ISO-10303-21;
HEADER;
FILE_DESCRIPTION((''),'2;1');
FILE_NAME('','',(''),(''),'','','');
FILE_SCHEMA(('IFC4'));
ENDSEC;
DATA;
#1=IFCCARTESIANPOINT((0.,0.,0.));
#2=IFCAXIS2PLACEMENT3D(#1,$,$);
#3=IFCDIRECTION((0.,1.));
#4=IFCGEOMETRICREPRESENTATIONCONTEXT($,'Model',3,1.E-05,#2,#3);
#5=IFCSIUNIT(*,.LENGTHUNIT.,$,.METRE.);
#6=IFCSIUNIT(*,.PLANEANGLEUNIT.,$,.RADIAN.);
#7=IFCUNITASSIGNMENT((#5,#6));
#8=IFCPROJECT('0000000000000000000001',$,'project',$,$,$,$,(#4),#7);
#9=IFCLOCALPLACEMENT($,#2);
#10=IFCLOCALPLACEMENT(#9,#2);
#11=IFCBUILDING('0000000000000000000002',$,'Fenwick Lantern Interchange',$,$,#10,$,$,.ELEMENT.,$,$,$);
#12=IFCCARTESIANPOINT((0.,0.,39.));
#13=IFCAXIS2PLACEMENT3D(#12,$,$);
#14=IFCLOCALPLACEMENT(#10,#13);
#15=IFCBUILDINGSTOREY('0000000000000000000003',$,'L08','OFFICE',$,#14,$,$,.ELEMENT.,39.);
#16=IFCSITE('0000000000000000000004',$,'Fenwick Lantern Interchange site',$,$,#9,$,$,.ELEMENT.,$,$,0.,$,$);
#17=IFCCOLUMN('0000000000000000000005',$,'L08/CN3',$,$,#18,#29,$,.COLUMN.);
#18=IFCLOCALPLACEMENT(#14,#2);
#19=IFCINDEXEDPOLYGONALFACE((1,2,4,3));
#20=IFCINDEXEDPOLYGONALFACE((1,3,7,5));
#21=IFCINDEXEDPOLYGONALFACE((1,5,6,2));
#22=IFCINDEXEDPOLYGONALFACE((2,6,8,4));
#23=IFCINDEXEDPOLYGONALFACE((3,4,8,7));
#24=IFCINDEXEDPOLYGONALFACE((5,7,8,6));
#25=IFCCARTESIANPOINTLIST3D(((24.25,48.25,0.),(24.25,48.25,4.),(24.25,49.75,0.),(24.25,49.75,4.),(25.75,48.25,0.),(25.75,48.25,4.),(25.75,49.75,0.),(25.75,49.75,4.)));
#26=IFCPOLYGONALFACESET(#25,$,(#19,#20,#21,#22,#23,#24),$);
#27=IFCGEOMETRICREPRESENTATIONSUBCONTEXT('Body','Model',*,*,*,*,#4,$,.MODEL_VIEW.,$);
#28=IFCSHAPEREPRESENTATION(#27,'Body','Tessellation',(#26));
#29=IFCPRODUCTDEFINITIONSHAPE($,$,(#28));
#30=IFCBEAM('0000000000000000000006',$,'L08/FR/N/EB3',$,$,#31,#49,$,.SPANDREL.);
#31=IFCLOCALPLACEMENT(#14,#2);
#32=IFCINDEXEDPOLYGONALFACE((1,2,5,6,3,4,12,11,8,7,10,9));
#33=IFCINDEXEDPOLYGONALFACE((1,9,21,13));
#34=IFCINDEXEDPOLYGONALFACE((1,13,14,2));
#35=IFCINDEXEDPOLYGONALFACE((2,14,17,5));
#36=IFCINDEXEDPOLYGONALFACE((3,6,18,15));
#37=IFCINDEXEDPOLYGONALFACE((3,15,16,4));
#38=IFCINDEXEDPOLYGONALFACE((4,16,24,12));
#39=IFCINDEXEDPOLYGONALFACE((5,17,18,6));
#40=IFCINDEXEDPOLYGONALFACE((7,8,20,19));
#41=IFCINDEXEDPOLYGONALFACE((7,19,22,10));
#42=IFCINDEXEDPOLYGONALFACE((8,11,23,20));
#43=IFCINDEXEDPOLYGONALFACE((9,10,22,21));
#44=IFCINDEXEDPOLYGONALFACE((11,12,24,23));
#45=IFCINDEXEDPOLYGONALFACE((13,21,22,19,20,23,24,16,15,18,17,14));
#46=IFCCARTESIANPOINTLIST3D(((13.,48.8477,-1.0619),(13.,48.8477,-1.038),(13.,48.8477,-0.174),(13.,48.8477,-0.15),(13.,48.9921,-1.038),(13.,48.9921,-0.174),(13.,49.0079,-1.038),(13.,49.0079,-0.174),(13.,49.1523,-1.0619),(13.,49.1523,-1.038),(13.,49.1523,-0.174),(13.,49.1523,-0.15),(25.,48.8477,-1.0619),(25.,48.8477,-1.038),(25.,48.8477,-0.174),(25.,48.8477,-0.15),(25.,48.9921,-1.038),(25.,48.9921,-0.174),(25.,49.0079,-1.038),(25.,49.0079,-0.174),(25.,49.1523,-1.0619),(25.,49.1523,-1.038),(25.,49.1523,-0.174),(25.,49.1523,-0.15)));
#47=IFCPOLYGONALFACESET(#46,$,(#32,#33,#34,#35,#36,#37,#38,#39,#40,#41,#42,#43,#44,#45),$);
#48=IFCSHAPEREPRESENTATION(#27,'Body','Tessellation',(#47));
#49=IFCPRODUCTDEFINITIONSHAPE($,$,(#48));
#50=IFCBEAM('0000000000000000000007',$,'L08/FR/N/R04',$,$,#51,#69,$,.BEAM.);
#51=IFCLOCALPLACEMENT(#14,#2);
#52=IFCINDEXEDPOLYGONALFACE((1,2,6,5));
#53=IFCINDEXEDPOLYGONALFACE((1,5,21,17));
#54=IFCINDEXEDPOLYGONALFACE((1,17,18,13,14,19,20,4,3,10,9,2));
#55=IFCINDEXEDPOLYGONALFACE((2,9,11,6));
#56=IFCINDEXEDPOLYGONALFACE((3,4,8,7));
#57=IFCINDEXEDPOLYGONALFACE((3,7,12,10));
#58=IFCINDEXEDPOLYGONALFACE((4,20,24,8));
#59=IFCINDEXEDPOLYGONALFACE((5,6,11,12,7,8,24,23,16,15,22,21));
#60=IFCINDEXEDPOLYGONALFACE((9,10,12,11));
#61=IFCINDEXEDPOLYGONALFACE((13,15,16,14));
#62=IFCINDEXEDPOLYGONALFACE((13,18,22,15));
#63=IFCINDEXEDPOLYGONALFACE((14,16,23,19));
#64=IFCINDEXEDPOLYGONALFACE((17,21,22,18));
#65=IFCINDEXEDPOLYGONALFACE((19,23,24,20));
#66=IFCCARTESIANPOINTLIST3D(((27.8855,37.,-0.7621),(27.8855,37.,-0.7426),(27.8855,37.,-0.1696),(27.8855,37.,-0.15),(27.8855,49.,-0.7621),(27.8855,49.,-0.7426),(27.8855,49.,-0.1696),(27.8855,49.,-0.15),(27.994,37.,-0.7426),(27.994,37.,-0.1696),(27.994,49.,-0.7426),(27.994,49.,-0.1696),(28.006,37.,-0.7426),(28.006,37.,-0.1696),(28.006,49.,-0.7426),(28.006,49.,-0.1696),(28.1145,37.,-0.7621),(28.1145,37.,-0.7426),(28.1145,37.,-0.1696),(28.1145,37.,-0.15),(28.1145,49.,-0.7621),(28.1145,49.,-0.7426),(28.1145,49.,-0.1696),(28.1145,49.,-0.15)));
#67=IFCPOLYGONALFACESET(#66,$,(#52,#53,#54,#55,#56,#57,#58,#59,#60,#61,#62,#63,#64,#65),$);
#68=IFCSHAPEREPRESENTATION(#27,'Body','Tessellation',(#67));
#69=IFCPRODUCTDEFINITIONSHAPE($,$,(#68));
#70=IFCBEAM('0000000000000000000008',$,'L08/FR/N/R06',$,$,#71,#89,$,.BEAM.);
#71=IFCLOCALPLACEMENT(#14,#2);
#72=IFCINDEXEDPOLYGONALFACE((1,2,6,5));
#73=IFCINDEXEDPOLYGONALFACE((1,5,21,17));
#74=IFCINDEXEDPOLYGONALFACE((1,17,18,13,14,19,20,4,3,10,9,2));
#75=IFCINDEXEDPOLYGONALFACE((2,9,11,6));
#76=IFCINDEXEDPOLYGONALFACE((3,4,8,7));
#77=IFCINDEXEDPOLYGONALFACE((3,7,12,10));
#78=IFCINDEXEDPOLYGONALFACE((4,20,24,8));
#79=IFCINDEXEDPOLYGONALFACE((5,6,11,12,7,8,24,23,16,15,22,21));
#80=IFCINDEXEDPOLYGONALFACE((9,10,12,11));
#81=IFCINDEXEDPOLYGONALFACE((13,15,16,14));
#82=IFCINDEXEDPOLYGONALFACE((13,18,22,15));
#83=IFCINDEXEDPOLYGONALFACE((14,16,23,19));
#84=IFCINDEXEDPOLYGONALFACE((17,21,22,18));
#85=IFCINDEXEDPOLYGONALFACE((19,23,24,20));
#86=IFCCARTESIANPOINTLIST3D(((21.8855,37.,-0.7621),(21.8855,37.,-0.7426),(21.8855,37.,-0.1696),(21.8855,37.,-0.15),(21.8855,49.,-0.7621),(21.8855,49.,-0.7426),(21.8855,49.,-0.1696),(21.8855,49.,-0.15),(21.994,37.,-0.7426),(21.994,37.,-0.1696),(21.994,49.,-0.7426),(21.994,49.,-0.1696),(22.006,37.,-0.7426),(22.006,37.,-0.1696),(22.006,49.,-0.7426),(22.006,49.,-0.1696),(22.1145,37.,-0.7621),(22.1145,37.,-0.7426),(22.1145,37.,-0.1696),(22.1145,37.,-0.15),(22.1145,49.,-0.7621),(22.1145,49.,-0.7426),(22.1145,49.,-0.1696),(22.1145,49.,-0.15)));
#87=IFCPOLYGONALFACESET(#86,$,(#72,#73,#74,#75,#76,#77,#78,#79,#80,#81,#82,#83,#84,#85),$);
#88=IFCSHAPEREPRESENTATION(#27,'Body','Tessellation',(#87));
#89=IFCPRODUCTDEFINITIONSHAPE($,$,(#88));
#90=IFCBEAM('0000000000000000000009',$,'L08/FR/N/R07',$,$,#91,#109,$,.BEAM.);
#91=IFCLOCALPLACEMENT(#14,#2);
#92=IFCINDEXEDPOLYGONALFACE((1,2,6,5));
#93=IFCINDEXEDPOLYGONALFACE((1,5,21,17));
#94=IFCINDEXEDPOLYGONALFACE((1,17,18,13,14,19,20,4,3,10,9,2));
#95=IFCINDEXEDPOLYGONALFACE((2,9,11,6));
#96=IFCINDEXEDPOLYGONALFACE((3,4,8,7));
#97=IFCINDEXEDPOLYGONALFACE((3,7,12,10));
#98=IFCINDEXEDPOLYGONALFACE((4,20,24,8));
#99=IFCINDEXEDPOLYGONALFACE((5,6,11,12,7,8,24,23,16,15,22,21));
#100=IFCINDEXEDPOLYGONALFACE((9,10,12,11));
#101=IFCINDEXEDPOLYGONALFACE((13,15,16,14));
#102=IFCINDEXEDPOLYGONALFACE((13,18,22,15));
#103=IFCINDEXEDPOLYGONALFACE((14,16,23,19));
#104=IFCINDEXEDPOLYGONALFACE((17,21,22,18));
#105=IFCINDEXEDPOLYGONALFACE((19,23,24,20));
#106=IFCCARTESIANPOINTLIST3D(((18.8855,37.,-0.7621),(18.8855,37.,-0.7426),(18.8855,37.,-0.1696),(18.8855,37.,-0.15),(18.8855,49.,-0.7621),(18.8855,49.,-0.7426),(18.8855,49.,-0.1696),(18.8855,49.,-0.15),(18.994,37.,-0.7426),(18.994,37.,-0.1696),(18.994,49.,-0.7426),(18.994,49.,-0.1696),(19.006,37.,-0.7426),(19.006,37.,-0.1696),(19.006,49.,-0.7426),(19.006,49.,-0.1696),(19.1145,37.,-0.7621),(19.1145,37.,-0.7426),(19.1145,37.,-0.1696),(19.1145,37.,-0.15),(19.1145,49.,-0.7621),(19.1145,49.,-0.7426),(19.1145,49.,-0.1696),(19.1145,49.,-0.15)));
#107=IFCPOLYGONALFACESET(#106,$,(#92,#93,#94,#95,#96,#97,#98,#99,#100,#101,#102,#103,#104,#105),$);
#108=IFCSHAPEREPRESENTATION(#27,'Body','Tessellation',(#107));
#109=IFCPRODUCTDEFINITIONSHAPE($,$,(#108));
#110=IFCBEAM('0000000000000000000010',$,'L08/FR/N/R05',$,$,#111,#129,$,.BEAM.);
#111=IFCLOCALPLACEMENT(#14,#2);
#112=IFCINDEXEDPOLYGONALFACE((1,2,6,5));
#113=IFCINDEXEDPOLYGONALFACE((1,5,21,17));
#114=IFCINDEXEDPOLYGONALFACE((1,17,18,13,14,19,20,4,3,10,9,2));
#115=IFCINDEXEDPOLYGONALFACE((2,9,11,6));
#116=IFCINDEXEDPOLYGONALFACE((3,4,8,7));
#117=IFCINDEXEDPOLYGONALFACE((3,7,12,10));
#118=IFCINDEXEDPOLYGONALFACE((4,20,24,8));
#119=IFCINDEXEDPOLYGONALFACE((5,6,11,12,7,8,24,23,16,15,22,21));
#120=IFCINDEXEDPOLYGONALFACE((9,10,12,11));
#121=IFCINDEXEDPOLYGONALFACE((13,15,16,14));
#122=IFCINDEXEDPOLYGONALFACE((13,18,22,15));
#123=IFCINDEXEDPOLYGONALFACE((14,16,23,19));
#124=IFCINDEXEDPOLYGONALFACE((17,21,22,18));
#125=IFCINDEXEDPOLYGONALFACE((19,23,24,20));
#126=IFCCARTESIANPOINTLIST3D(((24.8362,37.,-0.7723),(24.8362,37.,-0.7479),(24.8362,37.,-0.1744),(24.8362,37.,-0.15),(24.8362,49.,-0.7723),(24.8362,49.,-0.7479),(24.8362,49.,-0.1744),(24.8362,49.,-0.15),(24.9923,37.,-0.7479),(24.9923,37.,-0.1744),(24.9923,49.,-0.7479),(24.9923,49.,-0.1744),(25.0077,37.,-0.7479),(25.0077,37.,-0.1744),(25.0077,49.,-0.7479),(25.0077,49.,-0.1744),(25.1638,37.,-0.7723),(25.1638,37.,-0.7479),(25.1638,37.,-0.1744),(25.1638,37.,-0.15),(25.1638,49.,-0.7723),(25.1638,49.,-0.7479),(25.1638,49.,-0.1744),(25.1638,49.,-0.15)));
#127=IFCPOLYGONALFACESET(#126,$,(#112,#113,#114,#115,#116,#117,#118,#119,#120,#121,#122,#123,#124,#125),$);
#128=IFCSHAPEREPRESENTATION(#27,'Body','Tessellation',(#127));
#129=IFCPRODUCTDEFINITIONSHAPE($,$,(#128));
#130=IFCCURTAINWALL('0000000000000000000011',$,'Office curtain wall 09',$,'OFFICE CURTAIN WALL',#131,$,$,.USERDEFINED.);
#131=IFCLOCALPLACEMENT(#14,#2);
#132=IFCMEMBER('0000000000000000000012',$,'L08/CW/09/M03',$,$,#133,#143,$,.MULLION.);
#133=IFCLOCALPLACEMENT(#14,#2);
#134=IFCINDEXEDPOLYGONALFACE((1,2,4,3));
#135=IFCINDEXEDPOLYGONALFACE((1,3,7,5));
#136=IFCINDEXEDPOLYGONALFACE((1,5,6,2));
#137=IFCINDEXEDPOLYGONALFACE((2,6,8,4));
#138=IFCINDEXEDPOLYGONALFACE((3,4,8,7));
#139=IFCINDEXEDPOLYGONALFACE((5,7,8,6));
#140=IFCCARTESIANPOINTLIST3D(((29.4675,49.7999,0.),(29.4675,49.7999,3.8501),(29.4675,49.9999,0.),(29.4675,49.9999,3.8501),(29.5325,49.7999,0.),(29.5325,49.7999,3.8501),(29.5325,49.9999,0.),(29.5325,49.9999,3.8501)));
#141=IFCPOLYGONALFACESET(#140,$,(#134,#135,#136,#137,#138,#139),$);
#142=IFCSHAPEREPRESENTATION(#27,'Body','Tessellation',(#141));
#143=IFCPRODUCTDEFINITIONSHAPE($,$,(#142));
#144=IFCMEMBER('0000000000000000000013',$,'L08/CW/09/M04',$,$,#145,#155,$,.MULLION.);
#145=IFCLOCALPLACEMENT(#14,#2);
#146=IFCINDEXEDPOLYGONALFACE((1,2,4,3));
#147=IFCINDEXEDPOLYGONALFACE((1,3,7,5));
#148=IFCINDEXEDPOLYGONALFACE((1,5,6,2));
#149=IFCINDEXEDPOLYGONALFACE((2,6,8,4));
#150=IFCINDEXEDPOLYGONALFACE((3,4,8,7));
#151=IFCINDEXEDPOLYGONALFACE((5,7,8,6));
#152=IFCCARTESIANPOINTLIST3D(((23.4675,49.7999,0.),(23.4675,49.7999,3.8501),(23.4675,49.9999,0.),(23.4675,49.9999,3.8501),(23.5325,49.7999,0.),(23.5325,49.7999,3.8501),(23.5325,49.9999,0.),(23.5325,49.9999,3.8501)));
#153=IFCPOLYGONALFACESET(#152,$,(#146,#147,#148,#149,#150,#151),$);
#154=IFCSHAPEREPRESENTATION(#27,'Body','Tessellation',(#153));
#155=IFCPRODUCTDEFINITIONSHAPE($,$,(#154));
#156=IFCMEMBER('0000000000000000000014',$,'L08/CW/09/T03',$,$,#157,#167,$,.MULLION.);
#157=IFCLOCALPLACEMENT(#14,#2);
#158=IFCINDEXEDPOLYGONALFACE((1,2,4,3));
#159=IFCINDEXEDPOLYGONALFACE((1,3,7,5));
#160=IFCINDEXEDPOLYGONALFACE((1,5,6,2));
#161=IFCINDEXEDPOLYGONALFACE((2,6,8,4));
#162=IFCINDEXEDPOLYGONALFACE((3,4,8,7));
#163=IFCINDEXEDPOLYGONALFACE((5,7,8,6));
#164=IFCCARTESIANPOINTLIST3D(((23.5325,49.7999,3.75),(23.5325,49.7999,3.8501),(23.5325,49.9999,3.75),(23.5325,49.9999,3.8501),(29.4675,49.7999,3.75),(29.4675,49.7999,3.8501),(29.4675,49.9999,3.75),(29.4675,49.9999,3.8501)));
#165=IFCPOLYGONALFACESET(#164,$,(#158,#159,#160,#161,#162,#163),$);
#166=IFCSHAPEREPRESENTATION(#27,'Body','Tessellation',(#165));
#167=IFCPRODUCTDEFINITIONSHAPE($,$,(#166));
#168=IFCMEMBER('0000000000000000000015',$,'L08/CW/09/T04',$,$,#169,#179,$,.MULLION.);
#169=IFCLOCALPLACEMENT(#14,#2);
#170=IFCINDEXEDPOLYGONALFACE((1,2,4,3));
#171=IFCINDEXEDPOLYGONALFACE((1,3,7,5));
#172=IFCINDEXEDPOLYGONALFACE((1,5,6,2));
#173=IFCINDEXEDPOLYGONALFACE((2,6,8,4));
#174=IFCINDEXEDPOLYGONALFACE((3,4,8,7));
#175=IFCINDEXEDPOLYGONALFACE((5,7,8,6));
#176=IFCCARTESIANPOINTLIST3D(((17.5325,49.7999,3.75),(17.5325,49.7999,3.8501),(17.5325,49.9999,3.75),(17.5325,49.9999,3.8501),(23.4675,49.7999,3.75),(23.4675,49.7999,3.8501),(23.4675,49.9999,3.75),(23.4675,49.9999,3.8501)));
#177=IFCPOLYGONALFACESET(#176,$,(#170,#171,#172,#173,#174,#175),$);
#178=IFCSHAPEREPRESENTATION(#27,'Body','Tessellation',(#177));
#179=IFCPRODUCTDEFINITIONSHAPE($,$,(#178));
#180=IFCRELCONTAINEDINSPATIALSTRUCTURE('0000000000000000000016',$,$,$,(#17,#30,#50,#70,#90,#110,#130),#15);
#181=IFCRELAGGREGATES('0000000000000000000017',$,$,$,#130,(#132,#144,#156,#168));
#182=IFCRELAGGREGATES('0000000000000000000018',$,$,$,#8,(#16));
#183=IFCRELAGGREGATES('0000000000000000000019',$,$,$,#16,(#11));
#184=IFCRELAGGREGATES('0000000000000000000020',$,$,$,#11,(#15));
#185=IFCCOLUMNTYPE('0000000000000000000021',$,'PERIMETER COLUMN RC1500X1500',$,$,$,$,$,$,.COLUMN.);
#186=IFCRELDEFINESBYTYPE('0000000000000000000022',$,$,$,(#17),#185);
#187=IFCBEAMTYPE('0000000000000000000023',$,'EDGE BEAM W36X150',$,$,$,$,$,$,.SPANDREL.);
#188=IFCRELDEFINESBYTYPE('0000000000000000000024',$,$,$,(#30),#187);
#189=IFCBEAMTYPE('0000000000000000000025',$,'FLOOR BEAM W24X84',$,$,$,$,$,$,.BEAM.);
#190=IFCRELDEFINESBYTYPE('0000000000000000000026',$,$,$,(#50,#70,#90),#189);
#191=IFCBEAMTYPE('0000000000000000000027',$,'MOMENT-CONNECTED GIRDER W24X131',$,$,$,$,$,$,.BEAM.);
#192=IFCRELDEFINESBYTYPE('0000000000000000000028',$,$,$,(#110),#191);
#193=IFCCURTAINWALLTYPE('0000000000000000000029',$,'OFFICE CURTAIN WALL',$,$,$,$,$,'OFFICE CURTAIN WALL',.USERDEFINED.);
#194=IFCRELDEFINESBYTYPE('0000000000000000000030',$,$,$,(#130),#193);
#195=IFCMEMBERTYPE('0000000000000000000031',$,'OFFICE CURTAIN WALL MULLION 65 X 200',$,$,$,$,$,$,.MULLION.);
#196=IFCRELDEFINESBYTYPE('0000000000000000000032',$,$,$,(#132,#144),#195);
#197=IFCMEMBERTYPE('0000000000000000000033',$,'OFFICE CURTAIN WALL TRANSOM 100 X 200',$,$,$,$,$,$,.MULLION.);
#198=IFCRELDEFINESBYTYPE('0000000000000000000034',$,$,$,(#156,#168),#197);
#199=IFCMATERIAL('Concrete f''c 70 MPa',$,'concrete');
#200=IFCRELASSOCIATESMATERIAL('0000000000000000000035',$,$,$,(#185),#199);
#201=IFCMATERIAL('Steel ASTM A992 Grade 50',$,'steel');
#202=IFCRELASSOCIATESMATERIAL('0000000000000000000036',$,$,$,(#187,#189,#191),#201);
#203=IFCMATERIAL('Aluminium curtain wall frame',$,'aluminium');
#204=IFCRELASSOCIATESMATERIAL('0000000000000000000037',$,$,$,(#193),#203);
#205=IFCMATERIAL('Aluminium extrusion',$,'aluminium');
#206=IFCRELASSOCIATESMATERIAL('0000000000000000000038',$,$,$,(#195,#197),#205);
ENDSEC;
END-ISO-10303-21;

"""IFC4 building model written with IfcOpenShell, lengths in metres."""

from ifc_helpers import new_model, si_unit, direction, frame, origin, origin_2d, place, context, subcontext, project, spatial, rectangle, i_section, extrude, material, material_profile, profile_set, type_object, element, aggregate, save


model = new_model("IFC4")

# Units and contexts
model_context = context("Model", 3, precision=1e-05, world=origin(), true_north=direction((0.0, 1.0)))
body_context = subcontext(model_context, "Body", "Model", "MODEL_VIEW")
ifc_project = project(units=[si_unit("LENGTHUNIT", "METRE"), si_unit("PLANEANGLEUNIT", "RADIAN")], contexts=[model_context])

# Site, building, storey
site_placement = place(None, origin())
site = spatial("IfcSite", under=ifc_project, at=site_placement, Name="Fenwick Lantern Interchange site", CompositionType="ELEMENT", RefElevation=0.0)
building_placement = place(site_placement, origin())
building = spatial("IfcBuilding", under=site, at=building_placement, Name="Fenwick Lantern Interchange", CompositionType="ELEMENT")
storey_placement = place(building_placement, frame((0.0, 0.0, 39.0)))
storey = spatial("IfcBuildingStorey", under=building, at=storey_placement, Name="L08", Description="OFFICE", CompositionType="ELEMENT", Elevation=39.0)

# Column
ifc_material_1 = material(Name="Concrete f'c 70 MPa", Category="concrete")
ifc_material_profile_1 = material_profile(ifc_material_1, rectangle(XDim=1.5, YDim=1.5, at=origin_2d()), Name="RC1500X1500")
ifc_profile_set_1 = profile_set([ifc_material_profile_1], Name="Concrete f'c 70 MPa")
column_type = type_object("IfcColumnType", Name="PERIMETER COLUMN RC1500X1500", PredefinedType="COLUMN", material=ifc_profile_set_1)
column_placement = place(storey_placement, frame((25.0, 49.0, 0.0), z_axis=(0.0, 0.0, 1.0), x_axis=(1.0, 0.0, 0.0)))
element("IfcColumn", 1, at=column_placement, inside=storey, type_object=column_type, Name="L08/CN3", PredefinedType="COLUMN", context=body_context, shape_type="SweptSolid", body=[
    extrude(rectangle(XDim=1.5, YDim=1.5, at=origin_2d()), origin(), (0.0, 0.0, 1.0), 4.0),
])

# Beams
ifc_material_2 = material(Name="Steel ASTM A992 Grade 50", Category="steel")
ifc_material_profile_2 = material_profile(ifc_material_2, i_section(OverallWidth=0.3047, OverallDepth=0.9119, WebThickness=0.0159, FlangeThickness=0.0239, at=origin_2d()), Name="W36X150")
ifc_profile_set_2 = profile_set([ifc_material_profile_2], Name="Steel ASTM A992 Grade 50")
beam_type_1 = type_object("IfcBeamType", Name="EDGE BEAM W36X150", PredefinedType="SPANDREL", material=ifc_profile_set_2)
beam_1_placement = place(storey_placement, frame((25.0, 49.0, -0.606), z_axis=(-1.0, 0.0, 0.0), x_axis=(0.0, -1.0, 0.0)))
element("IfcBeam", 2, at=beam_1_placement, inside=storey, type_object=beam_type_1, Name="L08/FR/N/EB3", PredefinedType="SPANDREL", context=body_context, shape_type="SweptSolid", body=[
    extrude(i_section(OverallWidth=0.3047, OverallDepth=0.9119, WebThickness=0.0159, FlangeThickness=0.0239, at=origin_2d()), origin(), (0.0, 0.0, 1.0), 12.0),
])
ifc_material_profile_3 = material_profile(ifc_material_2, i_section(OverallWidth=0.229, OverallDepth=0.6121, WebThickness=0.012, FlangeThickness=0.0195, at=origin_2d()), Name="W24X84")
ifc_profile_set_3 = profile_set([ifc_material_profile_3], Name="Steel ASTM A992 Grade 50")
beam_type_2 = type_object("IfcBeamType", Name="FLOOR BEAM W24X84", PredefinedType="BEAM", material=ifc_profile_set_3)
for number, where, z_axis, x_axis, name in (
    (3, (28.0, 49.0, -0.4561), (0.0, -1.0, 0.0), (1.0, 0.0, 0.0), "L08/FR/N/R04"),
    (4, (22.0, 49.0, -0.4561), (0.0, -1.0, 0.0), (1.0, 0.0, 0.0), "L08/FR/N/R06"),
    (5, (19.0, 49.0, -0.4561), (0.0, -1.0, 0.0), (1.0, 0.0, 0.0), "L08/FR/N/R07"),
):
    element("IfcBeam", number, at=place(storey_placement, frame(where, z_axis=z_axis, x_axis=x_axis)), inside=storey, type_object=beam_type_2, Name=name, PredefinedType="BEAM", context=body_context, shape_type="SweptSolid", body=[
        extrude(i_section(OverallWidth=0.229, OverallDepth=0.6121, WebThickness=0.012, FlangeThickness=0.0195, at=origin_2d()), origin(), (0.0, 0.0, 1.0), 12.0),
    ])
ifc_material_profile_4 = material_profile(ifc_material_2, i_section(OverallWidth=0.3276, OverallDepth=0.6223, WebThickness=0.0154, FlangeThickness=0.0244, at=origin_2d()), Name="W24X131")
ifc_profile_set_4 = profile_set([ifc_material_profile_4], Name="Steel ASTM A992 Grade 50")
beam_type_3 = type_object("IfcBeamType", Name="MOMENT-CONNECTED GIRDER W24X131", PredefinedType="BEAM", material=ifc_profile_set_4)
beam_2_placement = place(storey_placement, frame((25.0, 49.0, -0.4612), z_axis=(0.0, -1.0, 0.0), x_axis=(1.0, 0.0, 0.0)))
element("IfcBeam", 6, at=beam_2_placement, inside=storey, type_object=beam_type_3, Name="L08/FR/N/R05", PredefinedType="BEAM", context=body_context, shape_type="SweptSolid", body=[
    extrude(i_section(OverallWidth=0.3276, OverallDepth=0.6223, WebThickness=0.0154, FlangeThickness=0.0244, at=origin_2d()), origin(), (0.0, 0.0, 1.0), 12.0),
])

# Curtain wall, members
ifc_material_3 = material(Name="Aluminium curtain wall frame", Category="aluminium")
curtain_wall_type = type_object("IfcCurtainWallType", Name="OFFICE CURTAIN WALL", ElementType="OFFICE CURTAIN WALL", PredefinedType="USERDEFINED", material=ifc_material_3)
curtain_wall_placement = place(storey_placement, origin())
curtain_wall = element("IfcCurtainWall", 7, at=curtain_wall_placement, inside=storey, type_object=curtain_wall_type, Name="Office curtain wall 09", ObjectType="OFFICE CURTAIN WALL", PredefinedType="USERDEFINED")
ifc_material_4 = material(Name="Aluminium extrusion", Category="aluminium")
ifc_material_profile_5 = material_profile(ifc_material_4, rectangle(XDim=0.2, YDim=0.0649, at=origin_2d()), Name="OFFICE CURTAIN WALL MULLION 65 X 200")
ifc_profile_set_5 = profile_set([ifc_material_profile_5], Name="Aluminium extrusion")
member_type_1 = type_object("IfcMemberType", Name="OFFICE CURTAIN WALL MULLION 65 X 200", PredefinedType="MULLION", material=ifc_profile_set_5)
member_1_placement = place(storey_placement, frame((29.5, 49.8999, 0.0), z_axis=(0.0, 0.0, 1.0), x_axis=(0.0, -1.0, 0.0)))
member_1 = element("IfcMember", 8, at=member_1_placement, type_object=member_type_1, Name="L08/CW/09/M03", PredefinedType="MULLION", context=body_context, shape_type="SweptSolid", body=[
    extrude(rectangle(XDim=0.2, YDim=0.0649, at=origin_2d()), origin(), (0.0, 0.0, 1.0), 3.8501),
])
member_2_placement = place(storey_placement, frame((23.5, 49.8999, 0.0), z_axis=(0.0, 0.0, 1.0), x_axis=(0.0, -1.0, 0.0)))
member_2 = element("IfcMember", 9, at=member_2_placement, type_object=member_type_1, Name="L08/CW/09/M04", PredefinedType="MULLION", context=body_context, shape_type="SweptSolid", body=[
    extrude(rectangle(XDim=0.2, YDim=0.0649, at=origin_2d()), origin(), (0.0, 0.0, 1.0), 3.8501),
])
ifc_material_profile_6 = material_profile(ifc_material_4, rectangle(XDim=0.2, YDim=0.1001, at=origin_2d()), Name="OFFICE CURTAIN WALL TRANSOM 100 X 200")
ifc_profile_set_6 = profile_set([ifc_material_profile_6], Name="Aluminium extrusion")
member_type_2 = type_object("IfcMemberType", Name="OFFICE CURTAIN WALL TRANSOM 100 X 200", PredefinedType="MULLION", material=ifc_profile_set_6)
member_3_placement = place(storey_placement, frame((29.4675, 49.8999, 3.8), z_axis=(-1.0, 0.0, 0.0), x_axis=(0.0, -1.0, 0.0)))
member_3 = element("IfcMember", 10, at=member_3_placement, type_object=member_type_2, Name="L08/CW/09/T03", PredefinedType="MULLION", context=body_context, shape_type="SweptSolid", body=[
    extrude(rectangle(XDim=0.2, YDim=0.1001, at=origin_2d()), origin(), (0.0, 0.0, 1.0), 5.9351),
])
member_4_placement = place(storey_placement, frame((23.4675, 49.8999, 3.8), z_axis=(-1.0, 0.0, 0.0), x_axis=(0.0, -1.0, 0.0)))
member_4 = element("IfcMember", 11, at=member_4_placement, type_object=member_type_2, Name="L08/CW/09/T04", PredefinedType="MULLION", context=body_context, shape_type="SweptSolid", body=[
    extrude(rectangle(XDim=0.2, YDim=0.1001, at=origin_2d()), origin(), (0.0, 0.0, 1.0), 5.9351),
])
aggregate(curtain_wall, [member_1, member_2, member_3, member_4])

save(model, "model.ifc")
